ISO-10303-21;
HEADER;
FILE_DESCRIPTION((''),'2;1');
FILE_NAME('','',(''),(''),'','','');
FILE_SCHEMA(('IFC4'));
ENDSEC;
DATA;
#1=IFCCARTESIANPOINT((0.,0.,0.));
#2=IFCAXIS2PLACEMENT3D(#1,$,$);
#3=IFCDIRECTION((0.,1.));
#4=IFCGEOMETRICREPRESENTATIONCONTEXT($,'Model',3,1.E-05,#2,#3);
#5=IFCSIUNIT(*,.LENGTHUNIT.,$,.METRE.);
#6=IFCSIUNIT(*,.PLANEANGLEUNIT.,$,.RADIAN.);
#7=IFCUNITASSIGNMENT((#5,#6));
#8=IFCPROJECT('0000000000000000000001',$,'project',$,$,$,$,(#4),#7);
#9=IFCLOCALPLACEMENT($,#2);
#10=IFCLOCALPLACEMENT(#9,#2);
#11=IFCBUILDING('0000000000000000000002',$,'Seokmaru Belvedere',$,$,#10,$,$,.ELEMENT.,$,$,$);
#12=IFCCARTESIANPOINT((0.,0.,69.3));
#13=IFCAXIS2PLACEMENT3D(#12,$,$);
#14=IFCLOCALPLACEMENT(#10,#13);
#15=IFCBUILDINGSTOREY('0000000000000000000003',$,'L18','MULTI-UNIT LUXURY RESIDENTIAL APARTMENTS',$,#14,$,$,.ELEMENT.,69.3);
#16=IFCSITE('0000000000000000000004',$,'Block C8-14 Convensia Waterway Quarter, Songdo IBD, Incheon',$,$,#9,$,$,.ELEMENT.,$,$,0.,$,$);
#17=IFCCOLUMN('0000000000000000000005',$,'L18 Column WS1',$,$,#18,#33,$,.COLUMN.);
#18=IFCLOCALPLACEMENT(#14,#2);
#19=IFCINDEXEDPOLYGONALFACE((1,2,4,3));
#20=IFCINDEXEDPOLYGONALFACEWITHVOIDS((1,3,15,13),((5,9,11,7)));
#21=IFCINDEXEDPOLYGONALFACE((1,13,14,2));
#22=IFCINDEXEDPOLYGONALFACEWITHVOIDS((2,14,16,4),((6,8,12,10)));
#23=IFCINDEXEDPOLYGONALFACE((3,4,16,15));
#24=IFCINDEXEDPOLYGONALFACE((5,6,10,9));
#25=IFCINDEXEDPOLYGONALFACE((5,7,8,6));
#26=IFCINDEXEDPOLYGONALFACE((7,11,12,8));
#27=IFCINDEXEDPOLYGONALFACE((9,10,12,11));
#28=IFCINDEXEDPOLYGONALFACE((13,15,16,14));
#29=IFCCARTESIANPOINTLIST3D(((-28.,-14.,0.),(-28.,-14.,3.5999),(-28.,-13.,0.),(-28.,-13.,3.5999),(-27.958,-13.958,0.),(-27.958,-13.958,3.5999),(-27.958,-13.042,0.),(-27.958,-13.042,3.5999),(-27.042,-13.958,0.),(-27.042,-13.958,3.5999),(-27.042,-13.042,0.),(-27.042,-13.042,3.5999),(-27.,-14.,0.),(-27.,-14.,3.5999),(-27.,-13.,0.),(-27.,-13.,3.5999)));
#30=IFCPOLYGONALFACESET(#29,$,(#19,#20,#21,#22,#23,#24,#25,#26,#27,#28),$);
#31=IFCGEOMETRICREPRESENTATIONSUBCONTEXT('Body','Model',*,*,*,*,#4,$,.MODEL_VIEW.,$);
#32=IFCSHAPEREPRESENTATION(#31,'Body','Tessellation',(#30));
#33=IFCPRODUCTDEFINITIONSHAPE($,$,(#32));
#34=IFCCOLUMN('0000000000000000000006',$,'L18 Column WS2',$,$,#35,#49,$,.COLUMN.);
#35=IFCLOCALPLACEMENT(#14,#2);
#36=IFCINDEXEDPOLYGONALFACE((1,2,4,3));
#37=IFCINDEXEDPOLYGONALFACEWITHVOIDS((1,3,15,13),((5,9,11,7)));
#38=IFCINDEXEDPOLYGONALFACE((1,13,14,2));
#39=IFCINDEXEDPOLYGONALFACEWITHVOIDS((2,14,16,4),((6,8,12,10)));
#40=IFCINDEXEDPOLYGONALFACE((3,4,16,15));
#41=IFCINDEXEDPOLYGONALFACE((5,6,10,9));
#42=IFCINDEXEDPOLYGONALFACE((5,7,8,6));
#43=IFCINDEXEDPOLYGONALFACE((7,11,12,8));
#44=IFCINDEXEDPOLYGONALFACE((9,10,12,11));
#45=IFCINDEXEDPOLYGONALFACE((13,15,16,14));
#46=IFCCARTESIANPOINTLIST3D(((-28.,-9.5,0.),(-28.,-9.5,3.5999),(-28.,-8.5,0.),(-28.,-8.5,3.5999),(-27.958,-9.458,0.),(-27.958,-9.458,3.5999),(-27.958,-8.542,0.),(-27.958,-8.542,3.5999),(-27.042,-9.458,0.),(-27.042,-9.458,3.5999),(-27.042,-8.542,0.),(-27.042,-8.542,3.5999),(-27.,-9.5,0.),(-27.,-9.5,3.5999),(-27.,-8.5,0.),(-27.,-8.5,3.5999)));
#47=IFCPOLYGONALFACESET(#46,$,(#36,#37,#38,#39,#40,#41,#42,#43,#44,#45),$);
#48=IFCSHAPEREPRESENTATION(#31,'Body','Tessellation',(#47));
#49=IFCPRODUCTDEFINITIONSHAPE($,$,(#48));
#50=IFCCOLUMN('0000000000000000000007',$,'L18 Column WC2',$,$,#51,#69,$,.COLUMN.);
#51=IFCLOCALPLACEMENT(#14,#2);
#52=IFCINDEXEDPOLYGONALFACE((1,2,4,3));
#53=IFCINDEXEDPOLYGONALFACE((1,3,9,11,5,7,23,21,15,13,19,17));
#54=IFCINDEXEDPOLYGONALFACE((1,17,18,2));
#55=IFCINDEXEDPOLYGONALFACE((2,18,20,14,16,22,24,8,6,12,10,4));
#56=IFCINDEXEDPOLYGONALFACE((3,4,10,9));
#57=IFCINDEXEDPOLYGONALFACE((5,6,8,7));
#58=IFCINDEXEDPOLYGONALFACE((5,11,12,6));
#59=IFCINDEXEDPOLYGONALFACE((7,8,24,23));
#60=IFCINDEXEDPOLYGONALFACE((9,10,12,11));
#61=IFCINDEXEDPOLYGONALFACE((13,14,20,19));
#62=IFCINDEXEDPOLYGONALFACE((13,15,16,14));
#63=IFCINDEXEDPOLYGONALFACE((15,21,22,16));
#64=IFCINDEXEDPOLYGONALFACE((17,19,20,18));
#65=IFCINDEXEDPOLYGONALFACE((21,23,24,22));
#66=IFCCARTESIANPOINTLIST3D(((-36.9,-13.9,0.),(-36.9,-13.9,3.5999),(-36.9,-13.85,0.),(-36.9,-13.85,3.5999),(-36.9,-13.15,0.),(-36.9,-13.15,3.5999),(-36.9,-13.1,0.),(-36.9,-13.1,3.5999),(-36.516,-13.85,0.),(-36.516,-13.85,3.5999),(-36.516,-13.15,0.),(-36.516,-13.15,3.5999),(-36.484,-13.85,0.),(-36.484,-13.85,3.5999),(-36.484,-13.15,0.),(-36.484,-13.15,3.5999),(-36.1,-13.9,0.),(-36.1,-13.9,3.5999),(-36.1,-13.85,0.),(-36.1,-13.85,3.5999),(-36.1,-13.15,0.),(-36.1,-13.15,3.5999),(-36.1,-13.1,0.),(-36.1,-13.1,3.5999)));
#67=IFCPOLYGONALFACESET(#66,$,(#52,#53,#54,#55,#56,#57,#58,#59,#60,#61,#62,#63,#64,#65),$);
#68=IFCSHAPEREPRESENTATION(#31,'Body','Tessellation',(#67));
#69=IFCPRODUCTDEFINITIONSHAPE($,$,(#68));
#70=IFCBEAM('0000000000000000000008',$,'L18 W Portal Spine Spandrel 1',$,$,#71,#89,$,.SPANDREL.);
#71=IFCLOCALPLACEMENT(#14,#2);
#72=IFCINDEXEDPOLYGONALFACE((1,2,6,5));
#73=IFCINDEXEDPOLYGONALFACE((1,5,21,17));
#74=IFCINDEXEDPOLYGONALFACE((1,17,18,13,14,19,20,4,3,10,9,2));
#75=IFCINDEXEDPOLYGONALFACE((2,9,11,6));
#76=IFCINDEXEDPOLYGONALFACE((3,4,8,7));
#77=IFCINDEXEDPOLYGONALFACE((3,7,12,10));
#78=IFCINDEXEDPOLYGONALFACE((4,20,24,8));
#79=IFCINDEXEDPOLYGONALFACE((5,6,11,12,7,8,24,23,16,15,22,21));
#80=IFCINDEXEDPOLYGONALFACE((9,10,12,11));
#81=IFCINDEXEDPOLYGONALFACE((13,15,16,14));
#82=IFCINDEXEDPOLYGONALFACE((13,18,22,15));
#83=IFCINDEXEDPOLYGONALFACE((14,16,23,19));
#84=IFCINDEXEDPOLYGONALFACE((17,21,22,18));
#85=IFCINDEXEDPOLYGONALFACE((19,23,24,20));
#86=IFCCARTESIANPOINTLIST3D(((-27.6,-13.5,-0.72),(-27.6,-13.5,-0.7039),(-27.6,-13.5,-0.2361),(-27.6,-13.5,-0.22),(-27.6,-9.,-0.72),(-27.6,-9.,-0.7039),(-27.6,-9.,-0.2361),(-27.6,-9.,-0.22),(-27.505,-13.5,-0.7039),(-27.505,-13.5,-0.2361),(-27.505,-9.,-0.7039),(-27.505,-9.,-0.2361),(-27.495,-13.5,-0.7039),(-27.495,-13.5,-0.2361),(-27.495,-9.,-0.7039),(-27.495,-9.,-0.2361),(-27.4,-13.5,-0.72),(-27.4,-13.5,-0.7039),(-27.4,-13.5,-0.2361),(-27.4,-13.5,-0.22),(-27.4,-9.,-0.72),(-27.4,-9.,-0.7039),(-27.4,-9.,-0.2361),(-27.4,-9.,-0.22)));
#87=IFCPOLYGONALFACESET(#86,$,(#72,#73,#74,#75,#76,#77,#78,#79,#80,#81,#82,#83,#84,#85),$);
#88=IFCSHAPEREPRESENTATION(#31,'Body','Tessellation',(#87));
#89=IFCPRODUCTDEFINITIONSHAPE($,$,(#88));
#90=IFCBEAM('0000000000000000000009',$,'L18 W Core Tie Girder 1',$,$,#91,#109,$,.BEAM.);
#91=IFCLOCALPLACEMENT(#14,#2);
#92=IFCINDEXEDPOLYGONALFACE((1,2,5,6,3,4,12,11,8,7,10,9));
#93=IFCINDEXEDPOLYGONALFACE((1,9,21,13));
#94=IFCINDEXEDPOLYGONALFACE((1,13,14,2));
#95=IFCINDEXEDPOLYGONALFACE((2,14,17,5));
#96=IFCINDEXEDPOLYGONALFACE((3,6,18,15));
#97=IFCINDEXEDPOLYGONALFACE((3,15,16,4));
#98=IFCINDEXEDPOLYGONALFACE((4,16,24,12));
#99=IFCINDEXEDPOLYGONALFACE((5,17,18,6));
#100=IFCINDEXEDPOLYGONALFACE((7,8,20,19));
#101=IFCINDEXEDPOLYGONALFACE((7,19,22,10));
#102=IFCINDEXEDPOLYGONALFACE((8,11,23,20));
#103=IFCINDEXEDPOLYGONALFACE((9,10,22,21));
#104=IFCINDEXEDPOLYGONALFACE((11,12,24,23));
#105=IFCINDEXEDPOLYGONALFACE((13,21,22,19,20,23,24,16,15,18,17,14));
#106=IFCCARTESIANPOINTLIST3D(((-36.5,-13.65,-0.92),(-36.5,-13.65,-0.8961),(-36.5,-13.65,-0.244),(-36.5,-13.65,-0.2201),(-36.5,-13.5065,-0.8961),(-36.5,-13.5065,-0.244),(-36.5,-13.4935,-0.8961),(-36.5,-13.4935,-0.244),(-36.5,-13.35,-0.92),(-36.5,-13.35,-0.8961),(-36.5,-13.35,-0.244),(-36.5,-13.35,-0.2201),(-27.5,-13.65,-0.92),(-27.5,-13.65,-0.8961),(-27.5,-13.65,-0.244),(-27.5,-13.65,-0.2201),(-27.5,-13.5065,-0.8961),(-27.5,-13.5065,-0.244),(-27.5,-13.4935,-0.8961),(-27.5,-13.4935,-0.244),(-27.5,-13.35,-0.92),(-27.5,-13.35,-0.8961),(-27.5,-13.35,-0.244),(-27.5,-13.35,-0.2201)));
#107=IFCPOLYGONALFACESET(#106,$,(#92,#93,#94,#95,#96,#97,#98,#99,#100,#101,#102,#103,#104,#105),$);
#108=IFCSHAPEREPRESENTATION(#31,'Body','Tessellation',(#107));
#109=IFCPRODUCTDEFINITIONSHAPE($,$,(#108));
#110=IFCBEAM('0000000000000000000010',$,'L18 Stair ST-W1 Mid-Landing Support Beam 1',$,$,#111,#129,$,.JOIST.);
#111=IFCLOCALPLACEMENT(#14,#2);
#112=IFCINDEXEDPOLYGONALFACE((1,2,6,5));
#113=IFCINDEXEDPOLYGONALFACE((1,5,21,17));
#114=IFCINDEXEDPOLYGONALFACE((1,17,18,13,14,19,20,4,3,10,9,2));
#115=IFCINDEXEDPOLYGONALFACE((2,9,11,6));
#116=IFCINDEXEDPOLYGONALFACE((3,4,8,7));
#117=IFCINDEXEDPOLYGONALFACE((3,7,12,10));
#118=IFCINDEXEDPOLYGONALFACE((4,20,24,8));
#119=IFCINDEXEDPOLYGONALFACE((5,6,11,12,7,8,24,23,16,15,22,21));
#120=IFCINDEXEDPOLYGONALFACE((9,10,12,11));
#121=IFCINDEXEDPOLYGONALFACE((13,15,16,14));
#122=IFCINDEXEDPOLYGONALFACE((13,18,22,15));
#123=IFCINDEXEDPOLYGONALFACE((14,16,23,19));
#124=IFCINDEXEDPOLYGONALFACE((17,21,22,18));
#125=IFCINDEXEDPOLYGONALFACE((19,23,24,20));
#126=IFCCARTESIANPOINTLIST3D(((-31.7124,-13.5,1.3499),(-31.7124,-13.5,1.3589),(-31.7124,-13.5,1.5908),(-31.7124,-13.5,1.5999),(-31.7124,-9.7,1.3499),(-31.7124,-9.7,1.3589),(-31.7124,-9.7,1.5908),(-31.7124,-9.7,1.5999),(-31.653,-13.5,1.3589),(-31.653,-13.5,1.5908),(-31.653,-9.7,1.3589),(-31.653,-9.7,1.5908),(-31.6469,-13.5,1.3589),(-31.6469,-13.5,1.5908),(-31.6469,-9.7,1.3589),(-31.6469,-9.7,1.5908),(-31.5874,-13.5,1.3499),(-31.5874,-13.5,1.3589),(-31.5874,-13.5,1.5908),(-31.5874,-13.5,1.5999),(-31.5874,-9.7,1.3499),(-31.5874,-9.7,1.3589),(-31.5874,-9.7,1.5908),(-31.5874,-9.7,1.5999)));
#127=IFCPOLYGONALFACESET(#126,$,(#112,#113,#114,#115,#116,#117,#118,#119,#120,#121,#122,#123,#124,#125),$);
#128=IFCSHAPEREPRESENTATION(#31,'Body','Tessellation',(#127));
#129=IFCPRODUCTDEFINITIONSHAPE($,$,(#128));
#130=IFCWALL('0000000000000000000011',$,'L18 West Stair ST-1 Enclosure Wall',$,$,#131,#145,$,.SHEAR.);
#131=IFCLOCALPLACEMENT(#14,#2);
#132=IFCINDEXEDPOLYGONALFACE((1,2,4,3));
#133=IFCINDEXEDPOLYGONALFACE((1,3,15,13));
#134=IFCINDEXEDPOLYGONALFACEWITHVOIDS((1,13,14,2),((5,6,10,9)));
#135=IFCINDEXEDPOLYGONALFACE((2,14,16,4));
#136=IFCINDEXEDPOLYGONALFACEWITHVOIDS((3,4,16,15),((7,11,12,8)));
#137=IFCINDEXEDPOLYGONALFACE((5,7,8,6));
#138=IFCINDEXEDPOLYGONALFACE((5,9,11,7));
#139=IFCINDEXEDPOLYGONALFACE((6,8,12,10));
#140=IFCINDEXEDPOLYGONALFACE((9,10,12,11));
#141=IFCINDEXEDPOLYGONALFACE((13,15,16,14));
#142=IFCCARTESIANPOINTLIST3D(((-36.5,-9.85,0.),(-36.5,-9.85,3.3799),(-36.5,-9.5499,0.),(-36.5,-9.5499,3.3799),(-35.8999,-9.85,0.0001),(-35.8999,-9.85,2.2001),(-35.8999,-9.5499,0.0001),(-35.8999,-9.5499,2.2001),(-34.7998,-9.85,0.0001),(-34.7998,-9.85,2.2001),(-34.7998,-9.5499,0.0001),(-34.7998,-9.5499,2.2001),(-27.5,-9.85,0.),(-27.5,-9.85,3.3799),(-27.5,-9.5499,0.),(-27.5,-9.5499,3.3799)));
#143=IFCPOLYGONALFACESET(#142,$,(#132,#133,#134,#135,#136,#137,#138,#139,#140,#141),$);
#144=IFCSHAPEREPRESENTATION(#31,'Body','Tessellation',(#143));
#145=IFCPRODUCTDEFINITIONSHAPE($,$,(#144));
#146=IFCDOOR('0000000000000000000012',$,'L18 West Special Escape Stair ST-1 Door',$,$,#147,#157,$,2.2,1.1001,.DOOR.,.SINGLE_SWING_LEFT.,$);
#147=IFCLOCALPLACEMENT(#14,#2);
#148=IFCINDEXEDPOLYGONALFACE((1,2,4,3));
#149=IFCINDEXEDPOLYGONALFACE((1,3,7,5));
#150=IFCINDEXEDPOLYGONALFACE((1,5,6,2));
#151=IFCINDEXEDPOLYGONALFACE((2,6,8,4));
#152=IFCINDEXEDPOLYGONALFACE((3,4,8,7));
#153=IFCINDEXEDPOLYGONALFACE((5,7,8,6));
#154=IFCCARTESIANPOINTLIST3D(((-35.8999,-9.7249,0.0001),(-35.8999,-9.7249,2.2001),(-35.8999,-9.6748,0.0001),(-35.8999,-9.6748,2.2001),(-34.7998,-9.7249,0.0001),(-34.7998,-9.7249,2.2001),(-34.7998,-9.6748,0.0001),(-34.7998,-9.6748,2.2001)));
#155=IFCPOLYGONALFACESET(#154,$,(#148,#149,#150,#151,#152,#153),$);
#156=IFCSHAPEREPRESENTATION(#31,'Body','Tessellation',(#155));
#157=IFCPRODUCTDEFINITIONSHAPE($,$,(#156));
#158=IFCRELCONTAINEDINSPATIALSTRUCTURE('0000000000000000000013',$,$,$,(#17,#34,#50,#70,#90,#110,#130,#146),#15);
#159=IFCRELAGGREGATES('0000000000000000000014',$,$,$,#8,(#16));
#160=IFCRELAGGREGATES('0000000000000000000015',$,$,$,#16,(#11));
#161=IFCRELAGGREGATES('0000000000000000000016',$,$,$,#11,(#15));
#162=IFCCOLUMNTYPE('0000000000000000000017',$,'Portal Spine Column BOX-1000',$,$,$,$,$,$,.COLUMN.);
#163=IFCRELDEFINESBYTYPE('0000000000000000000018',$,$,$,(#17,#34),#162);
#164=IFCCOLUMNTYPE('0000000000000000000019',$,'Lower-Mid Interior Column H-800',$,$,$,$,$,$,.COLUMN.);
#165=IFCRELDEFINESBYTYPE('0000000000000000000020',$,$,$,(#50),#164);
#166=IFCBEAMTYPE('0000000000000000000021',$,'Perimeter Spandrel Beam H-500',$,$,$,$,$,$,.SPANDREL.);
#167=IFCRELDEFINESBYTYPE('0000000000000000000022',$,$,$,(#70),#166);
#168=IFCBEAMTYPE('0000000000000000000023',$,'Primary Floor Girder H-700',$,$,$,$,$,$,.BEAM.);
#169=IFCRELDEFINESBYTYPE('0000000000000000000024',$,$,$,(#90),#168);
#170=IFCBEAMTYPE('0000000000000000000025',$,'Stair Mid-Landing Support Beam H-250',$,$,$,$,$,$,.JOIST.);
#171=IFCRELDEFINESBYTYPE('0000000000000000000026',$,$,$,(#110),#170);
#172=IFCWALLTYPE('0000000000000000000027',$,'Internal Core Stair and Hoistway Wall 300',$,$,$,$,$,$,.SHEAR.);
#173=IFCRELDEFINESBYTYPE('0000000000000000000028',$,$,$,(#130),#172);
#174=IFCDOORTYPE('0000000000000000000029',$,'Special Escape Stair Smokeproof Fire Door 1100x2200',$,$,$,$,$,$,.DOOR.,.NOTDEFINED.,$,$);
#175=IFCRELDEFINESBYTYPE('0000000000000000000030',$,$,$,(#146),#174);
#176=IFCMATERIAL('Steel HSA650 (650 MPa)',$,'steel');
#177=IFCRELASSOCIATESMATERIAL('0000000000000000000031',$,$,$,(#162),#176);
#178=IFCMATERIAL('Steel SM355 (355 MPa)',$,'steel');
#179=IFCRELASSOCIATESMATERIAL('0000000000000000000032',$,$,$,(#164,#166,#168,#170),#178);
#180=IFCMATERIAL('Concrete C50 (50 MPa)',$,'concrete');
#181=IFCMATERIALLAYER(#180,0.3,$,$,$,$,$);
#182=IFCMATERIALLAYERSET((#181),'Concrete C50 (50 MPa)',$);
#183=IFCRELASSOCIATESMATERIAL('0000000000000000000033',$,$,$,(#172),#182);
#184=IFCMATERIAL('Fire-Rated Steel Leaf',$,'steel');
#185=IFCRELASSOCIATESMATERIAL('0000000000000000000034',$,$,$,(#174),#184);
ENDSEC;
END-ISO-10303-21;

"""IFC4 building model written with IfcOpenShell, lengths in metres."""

from ifc_helpers import new_model, si_unit, direction, frame, frame_2d, origin, origin_2d, place, context, subcontext, project, spatial, rectangle, hollow_rectangle, i_section, extrude, source, transform, mapped, material, layer, layer_set, material_profile, profile_set, type_object, type_shapes, element, fill, save


model = new_model("IFC4")

# Units and contexts
model_context = context("Model", 3, precision=1e-05, world=origin(), true_north=direction((0.0, 1.0)))
body_context = subcontext(model_context, "Body", "Model", "MODEL_VIEW")
ifc_project = project(units=[si_unit("LENGTHUNIT", "METRE"), si_unit("PLANEANGLEUNIT", "RADIAN")], contexts=[model_context])

# Site, building, storey
site_placement = place(None, origin())
site = spatial("IfcSite", under=ifc_project, at=site_placement, Name="Block C8-14 Convensia Waterway Quarter, Songdo IBD, Incheon", CompositionType="ELEMENT", RefElevation=0.0)
building_placement = place(site_placement, origin())
building = spatial("IfcBuilding", under=site, at=building_placement, Name="Seokmaru Belvedere", CompositionType="ELEMENT")
storey_placement = place(building_placement, frame((0.0, 0.0, 69.3)))
storey = spatial("IfcBuildingStorey", under=building, at=storey_placement, Name="L18", Description="MULTI-UNIT LUXURY RESIDENTIAL APARTMENTS", CompositionType="ELEMENT", Elevation=69.3)

# Columns
ifc_material_1 = material(Name="Steel HSA650 (650 MPa)", Category="steel")
ifc_material_profile_1 = material_profile(ifc_material_1, hollow_rectangle(XDim=1.0, YDim=1.0, WallThickness=0.042, at=origin_2d()), Name="BOX-1000x1000x42")
ifc_profile_set_1 = profile_set([ifc_material_profile_1], Name="Steel HSA650 (650 MPa)")
column_type_1 = type_object("IfcColumnType", Name="Portal Spine Column BOX-1000", PredefinedType="COLUMN", material=ifc_profile_set_1)
shared_shape_1 = source(origin(), body_context, "Body", "SweptSolid", [
    extrude(hollow_rectangle(XDim=1.0, YDim=1.0, WallThickness=0.042, at=origin_2d()), origin(), (0.0, 0.0, 1.0), 3.5999),
])
type_shapes(column_type_1, [shared_shape_1])
for number, where, z_axis, x_axis, name in (
    (1, (-27.5, -13.5, 0.0), (0.0, 0.0, 1.0), (1.0, 0.0, 0.0), "L18 Column WS1"),
    (2, (-27.5, -9.0, 0.0), (0.0, 0.0, 1.0), (1.0, 0.0, 0.0), "L18 Column WS2"),
):
    element("IfcColumn", number, at=place(storey_placement, frame(where, z_axis=z_axis, x_axis=x_axis)), inside=storey, type_object=column_type_1, Name=name, PredefinedType="COLUMN", context=body_context, shape_type="MappedRepresentation", body=[
        mapped(shared_shape_1, transform((0.0, 0.0, 0.0), scale=1.0)),
    ])
ifc_material_2 = material(Name="Steel SM355 (355 MPa)", Category="steel")
ifc_material_profile_2 = material_profile(ifc_material_2, i_section(OverallWidth=0.8, OverallDepth=0.8, WebThickness=0.032, FlangeThickness=0.05, at=origin_2d()), Name="H-800x800x32x50")
ifc_profile_set_2 = profile_set([ifc_material_profile_2], Name="Steel SM355 (355 MPa)")
column_type_2 = type_object("IfcColumnType", Name="Lower-Mid Interior Column H-800", PredefinedType="COLUMN", material=ifc_profile_set_2)
shared_shape_2 = source(origin(), body_context, "Body", "SweptSolid", [
    extrude(i_section(OverallWidth=0.8, OverallDepth=0.8, WebThickness=0.032, FlangeThickness=0.05, at=origin_2d()), origin(), (0.0, 0.0, 1.0), 3.5999),
])
type_shapes(column_type_2, [shared_shape_2])
column_placement = place(storey_placement, frame((-36.5, -13.5, 0.0), z_axis=(0.0, 0.0, 1.0), x_axis=(1.0, 0.0, 0.0)))
element("IfcColumn", 3, at=column_placement, inside=storey, type_object=column_type_2, Name="L18 Column WC2", PredefinedType="COLUMN", context=body_context, shape_type="MappedRepresentation", body=[
    mapped(shared_shape_2, transform((0.0, 0.0, 0.0), scale=1.0)),
])

# Beams
ifc_material_profile_3 = material_profile(ifc_material_2, i_section(OverallWidth=0.2, OverallDepth=0.5, WebThickness=0.01, FlangeThickness=0.0161, at=origin_2d()), Name="H-500x200x10x16")
ifc_profile_set_3 = profile_set([ifc_material_profile_3], Name="Steel SM355 (355 MPa)")
beam_type_1 = type_object("IfcBeamType", Name="Perimeter Spandrel Beam H-500", PredefinedType="SPANDREL", material=ifc_profile_set_3)
shared_shape_3 = source(origin(), body_context, "Body", "SweptSolid", [
    extrude(i_section(OverallWidth=0.2, OverallDepth=0.5, WebThickness=0.01, FlangeThickness=0.0161, at=origin_2d()), origin(), (0.0, 0.0, 1.0), 4.5),
])
type_shapes(beam_type_1, [shared_shape_3])
beam_1_placement = place(storey_placement, frame((-27.5, -13.5, -0.47), z_axis=(0.0, 1.0, 0.0), x_axis=(-1.0, 0.0, 0.0)))
element("IfcBeam", 4, at=beam_1_placement, inside=storey, type_object=beam_type_1, Name="L18 W Portal Spine Spandrel 1", PredefinedType="SPANDREL", context=body_context, shape_type="MappedRepresentation", body=[
    mapped(shared_shape_3, transform((0.0, 0.0, 0.0), scale=1.0)),
])
ifc_material_profile_4 = material_profile(ifc_material_2, i_section(OverallWidth=0.3, OverallDepth=0.7, WebThickness=0.0129, FlangeThickness=0.0239, at=origin_2d()), Name="H-700x300x13x24")
ifc_profile_set_4 = profile_set([ifc_material_profile_4], Name="Steel SM355 (355 MPa)")
beam_type_2 = type_object("IfcBeamType", Name="Primary Floor Girder H-700", PredefinedType="BEAM", material=ifc_profile_set_4)
shared_shape_4 = source(origin(), body_context, "Body", "SweptSolid", [
    extrude(i_section(OverallWidth=0.3, OverallDepth=0.7, WebThickness=0.0129, FlangeThickness=0.0239, at=origin_2d()), origin(), (0.0, 0.0, 1.0), 9.0),
])
type_shapes(beam_type_2, [shared_shape_4])
beam_2_placement = place(storey_placement, frame((-36.5, -13.5, -0.5701), z_axis=(1.0, 0.0, 0.0), x_axis=(0.0, 1.0, 0.0)))
element("IfcBeam", 5, at=beam_2_placement, inside=storey, type_object=beam_type_2, Name="L18 W Core Tie Girder 1", PredefinedType="BEAM", context=body_context, shape_type="MappedRepresentation", body=[
    mapped(shared_shape_4, transform((0.0, 0.0, 0.0), scale=1.0)),
])
ifc_material_profile_5 = material_profile(ifc_material_2, i_section(OverallWidth=0.125, OverallDepth=0.25, WebThickness=0.0061, FlangeThickness=0.009, at=origin_2d()), Name="H-250x125x6x9")
ifc_profile_set_5 = profile_set([ifc_material_profile_5], Name="Steel SM355 (355 MPa)")
beam_type_3 = type_object("IfcBeamType", Name="Stair Mid-Landing Support Beam H-250", PredefinedType="JOIST", material=ifc_profile_set_5)
shared_shape_5 = source(origin(), body_context, "Body", "SweptSolid", [
    extrude(i_section(OverallWidth=0.125, OverallDepth=0.25, WebThickness=0.0061, FlangeThickness=0.009, at=origin_2d()), origin(), (0.0, 0.0, 1.0), 3.8),
])
type_shapes(beam_type_3, [shared_shape_5])
beam_3_placement = place(storey_placement, frame((-31.6499, -13.5, 1.4749), z_axis=(0.0, 1.0, 0.0), x_axis=(-1.0, 0.0, 0.0)))
element("IfcBeam", 6, at=beam_3_placement, inside=storey, type_object=beam_type_3, Name="L18 Stair ST-W1 Mid-Landing Support Beam 1", PredefinedType="JOIST", context=body_context, shape_type="MappedRepresentation", body=[
    mapped(shared_shape_5, transform((0.0, 0.0, 0.0), scale=1.0)),
])

# Wall, opening, door
ifc_material_3 = material(Name="Concrete C50 (50 MPa)", Category="concrete")
ifc_layer_1 = layer(ifc_material_3, 0.3)
ifc_layer_set_1 = layer_set([ifc_layer_1], Name="Concrete C50 (50 MPa)")
wall_type_1 = type_object("IfcWallType", Name="Internal Core Stair and Hoistway Wall 300", PredefinedType="SHEAR", material=ifc_layer_set_1)
wall_1_placement = place(storey_placement, frame((-36.5, -9.7, 0.0), z_axis=(0.0, 0.0, 1.0), x_axis=(1.0, 0.0, 0.0)))
wall_1 = element("IfcWall", 7, at=wall_1_placement, inside=storey, type_object=wall_type_1, Name="L18 West Stair ST-1 Enclosure Wall", PredefinedType="SHEAR", context=body_context, shape_type="SweptSolid", body=[
    extrude(rectangle(XDim=9.0, YDim=0.3, at=frame_2d((4.5, 0.0))), origin(), (0.0, 0.0, 1.0), 3.3799),
])
opening_1_placement = place(wall_1_placement, frame((0.6001, 0.0, 0.0)))
opening_1 = element("IfcOpeningElement", 8, at=opening_1_placement, cuts=wall_1, PredefinedType="OPENING", context=body_context, shape_type="SweptSolid", body=[
    extrude(rectangle(XDim=1.1001, YDim=2.2, at=frame_2d((0.55, 1.1001))), frame((0.0, 0.1602, 0.0), z_axis=(0.0, -1.0, 0.0), x_axis=(1.0, 0.0, 0.0)), (0.0, 0.0, 1.0), 0.3201),
])
ifc_material_4 = material(Name="Fire-Rated Steel Leaf", Category="steel")
door_type_1 = type_object("IfcDoorType", Name="Special Escape Stair Smokeproof Fire Door 1100x2200", OperationType="NOTDEFINED", PredefinedType="DOOR", material=ifc_material_4)
shared_shape_6 = source(origin(), body_context, "Body", "SweptSolid", [
    extrude(rectangle(XDim=1.1001, YDim=2.2, at=frame_2d((0.55, 1.1001))), frame((0.0, 0.0249, 0.0), z_axis=(0.0, -1.0, 0.0), x_axis=(1.0, 0.0, 0.0)), (0.0, 0.0, 1.0), 0.05),
])
type_shapes(door_type_1, [shared_shape_6])
door_1_placement = place(opening_1_placement, frame((1.1001, 0.0, 0.0), z_axis=(0.0, 0.0, 1.0), x_axis=(-1.0, 0.0, 0.0)))
door_1 = element("IfcDoor", 9, at=door_1_placement, inside=storey, type_object=door_type_1, Name="L18 West Special Escape Stair ST-1 Door", OperationType="SINGLE_SWING_LEFT", OverallHeight=2.2, OverallWidth=1.1001, PredefinedType="DOOR", context=body_context, shape_type="MappedRepresentation", body=[
    mapped(shared_shape_6, transform((0.0, 0.0, 0.0), scale=1.0)),
])
fill(opening_1, door_1)

save(model, "model.ifc")
